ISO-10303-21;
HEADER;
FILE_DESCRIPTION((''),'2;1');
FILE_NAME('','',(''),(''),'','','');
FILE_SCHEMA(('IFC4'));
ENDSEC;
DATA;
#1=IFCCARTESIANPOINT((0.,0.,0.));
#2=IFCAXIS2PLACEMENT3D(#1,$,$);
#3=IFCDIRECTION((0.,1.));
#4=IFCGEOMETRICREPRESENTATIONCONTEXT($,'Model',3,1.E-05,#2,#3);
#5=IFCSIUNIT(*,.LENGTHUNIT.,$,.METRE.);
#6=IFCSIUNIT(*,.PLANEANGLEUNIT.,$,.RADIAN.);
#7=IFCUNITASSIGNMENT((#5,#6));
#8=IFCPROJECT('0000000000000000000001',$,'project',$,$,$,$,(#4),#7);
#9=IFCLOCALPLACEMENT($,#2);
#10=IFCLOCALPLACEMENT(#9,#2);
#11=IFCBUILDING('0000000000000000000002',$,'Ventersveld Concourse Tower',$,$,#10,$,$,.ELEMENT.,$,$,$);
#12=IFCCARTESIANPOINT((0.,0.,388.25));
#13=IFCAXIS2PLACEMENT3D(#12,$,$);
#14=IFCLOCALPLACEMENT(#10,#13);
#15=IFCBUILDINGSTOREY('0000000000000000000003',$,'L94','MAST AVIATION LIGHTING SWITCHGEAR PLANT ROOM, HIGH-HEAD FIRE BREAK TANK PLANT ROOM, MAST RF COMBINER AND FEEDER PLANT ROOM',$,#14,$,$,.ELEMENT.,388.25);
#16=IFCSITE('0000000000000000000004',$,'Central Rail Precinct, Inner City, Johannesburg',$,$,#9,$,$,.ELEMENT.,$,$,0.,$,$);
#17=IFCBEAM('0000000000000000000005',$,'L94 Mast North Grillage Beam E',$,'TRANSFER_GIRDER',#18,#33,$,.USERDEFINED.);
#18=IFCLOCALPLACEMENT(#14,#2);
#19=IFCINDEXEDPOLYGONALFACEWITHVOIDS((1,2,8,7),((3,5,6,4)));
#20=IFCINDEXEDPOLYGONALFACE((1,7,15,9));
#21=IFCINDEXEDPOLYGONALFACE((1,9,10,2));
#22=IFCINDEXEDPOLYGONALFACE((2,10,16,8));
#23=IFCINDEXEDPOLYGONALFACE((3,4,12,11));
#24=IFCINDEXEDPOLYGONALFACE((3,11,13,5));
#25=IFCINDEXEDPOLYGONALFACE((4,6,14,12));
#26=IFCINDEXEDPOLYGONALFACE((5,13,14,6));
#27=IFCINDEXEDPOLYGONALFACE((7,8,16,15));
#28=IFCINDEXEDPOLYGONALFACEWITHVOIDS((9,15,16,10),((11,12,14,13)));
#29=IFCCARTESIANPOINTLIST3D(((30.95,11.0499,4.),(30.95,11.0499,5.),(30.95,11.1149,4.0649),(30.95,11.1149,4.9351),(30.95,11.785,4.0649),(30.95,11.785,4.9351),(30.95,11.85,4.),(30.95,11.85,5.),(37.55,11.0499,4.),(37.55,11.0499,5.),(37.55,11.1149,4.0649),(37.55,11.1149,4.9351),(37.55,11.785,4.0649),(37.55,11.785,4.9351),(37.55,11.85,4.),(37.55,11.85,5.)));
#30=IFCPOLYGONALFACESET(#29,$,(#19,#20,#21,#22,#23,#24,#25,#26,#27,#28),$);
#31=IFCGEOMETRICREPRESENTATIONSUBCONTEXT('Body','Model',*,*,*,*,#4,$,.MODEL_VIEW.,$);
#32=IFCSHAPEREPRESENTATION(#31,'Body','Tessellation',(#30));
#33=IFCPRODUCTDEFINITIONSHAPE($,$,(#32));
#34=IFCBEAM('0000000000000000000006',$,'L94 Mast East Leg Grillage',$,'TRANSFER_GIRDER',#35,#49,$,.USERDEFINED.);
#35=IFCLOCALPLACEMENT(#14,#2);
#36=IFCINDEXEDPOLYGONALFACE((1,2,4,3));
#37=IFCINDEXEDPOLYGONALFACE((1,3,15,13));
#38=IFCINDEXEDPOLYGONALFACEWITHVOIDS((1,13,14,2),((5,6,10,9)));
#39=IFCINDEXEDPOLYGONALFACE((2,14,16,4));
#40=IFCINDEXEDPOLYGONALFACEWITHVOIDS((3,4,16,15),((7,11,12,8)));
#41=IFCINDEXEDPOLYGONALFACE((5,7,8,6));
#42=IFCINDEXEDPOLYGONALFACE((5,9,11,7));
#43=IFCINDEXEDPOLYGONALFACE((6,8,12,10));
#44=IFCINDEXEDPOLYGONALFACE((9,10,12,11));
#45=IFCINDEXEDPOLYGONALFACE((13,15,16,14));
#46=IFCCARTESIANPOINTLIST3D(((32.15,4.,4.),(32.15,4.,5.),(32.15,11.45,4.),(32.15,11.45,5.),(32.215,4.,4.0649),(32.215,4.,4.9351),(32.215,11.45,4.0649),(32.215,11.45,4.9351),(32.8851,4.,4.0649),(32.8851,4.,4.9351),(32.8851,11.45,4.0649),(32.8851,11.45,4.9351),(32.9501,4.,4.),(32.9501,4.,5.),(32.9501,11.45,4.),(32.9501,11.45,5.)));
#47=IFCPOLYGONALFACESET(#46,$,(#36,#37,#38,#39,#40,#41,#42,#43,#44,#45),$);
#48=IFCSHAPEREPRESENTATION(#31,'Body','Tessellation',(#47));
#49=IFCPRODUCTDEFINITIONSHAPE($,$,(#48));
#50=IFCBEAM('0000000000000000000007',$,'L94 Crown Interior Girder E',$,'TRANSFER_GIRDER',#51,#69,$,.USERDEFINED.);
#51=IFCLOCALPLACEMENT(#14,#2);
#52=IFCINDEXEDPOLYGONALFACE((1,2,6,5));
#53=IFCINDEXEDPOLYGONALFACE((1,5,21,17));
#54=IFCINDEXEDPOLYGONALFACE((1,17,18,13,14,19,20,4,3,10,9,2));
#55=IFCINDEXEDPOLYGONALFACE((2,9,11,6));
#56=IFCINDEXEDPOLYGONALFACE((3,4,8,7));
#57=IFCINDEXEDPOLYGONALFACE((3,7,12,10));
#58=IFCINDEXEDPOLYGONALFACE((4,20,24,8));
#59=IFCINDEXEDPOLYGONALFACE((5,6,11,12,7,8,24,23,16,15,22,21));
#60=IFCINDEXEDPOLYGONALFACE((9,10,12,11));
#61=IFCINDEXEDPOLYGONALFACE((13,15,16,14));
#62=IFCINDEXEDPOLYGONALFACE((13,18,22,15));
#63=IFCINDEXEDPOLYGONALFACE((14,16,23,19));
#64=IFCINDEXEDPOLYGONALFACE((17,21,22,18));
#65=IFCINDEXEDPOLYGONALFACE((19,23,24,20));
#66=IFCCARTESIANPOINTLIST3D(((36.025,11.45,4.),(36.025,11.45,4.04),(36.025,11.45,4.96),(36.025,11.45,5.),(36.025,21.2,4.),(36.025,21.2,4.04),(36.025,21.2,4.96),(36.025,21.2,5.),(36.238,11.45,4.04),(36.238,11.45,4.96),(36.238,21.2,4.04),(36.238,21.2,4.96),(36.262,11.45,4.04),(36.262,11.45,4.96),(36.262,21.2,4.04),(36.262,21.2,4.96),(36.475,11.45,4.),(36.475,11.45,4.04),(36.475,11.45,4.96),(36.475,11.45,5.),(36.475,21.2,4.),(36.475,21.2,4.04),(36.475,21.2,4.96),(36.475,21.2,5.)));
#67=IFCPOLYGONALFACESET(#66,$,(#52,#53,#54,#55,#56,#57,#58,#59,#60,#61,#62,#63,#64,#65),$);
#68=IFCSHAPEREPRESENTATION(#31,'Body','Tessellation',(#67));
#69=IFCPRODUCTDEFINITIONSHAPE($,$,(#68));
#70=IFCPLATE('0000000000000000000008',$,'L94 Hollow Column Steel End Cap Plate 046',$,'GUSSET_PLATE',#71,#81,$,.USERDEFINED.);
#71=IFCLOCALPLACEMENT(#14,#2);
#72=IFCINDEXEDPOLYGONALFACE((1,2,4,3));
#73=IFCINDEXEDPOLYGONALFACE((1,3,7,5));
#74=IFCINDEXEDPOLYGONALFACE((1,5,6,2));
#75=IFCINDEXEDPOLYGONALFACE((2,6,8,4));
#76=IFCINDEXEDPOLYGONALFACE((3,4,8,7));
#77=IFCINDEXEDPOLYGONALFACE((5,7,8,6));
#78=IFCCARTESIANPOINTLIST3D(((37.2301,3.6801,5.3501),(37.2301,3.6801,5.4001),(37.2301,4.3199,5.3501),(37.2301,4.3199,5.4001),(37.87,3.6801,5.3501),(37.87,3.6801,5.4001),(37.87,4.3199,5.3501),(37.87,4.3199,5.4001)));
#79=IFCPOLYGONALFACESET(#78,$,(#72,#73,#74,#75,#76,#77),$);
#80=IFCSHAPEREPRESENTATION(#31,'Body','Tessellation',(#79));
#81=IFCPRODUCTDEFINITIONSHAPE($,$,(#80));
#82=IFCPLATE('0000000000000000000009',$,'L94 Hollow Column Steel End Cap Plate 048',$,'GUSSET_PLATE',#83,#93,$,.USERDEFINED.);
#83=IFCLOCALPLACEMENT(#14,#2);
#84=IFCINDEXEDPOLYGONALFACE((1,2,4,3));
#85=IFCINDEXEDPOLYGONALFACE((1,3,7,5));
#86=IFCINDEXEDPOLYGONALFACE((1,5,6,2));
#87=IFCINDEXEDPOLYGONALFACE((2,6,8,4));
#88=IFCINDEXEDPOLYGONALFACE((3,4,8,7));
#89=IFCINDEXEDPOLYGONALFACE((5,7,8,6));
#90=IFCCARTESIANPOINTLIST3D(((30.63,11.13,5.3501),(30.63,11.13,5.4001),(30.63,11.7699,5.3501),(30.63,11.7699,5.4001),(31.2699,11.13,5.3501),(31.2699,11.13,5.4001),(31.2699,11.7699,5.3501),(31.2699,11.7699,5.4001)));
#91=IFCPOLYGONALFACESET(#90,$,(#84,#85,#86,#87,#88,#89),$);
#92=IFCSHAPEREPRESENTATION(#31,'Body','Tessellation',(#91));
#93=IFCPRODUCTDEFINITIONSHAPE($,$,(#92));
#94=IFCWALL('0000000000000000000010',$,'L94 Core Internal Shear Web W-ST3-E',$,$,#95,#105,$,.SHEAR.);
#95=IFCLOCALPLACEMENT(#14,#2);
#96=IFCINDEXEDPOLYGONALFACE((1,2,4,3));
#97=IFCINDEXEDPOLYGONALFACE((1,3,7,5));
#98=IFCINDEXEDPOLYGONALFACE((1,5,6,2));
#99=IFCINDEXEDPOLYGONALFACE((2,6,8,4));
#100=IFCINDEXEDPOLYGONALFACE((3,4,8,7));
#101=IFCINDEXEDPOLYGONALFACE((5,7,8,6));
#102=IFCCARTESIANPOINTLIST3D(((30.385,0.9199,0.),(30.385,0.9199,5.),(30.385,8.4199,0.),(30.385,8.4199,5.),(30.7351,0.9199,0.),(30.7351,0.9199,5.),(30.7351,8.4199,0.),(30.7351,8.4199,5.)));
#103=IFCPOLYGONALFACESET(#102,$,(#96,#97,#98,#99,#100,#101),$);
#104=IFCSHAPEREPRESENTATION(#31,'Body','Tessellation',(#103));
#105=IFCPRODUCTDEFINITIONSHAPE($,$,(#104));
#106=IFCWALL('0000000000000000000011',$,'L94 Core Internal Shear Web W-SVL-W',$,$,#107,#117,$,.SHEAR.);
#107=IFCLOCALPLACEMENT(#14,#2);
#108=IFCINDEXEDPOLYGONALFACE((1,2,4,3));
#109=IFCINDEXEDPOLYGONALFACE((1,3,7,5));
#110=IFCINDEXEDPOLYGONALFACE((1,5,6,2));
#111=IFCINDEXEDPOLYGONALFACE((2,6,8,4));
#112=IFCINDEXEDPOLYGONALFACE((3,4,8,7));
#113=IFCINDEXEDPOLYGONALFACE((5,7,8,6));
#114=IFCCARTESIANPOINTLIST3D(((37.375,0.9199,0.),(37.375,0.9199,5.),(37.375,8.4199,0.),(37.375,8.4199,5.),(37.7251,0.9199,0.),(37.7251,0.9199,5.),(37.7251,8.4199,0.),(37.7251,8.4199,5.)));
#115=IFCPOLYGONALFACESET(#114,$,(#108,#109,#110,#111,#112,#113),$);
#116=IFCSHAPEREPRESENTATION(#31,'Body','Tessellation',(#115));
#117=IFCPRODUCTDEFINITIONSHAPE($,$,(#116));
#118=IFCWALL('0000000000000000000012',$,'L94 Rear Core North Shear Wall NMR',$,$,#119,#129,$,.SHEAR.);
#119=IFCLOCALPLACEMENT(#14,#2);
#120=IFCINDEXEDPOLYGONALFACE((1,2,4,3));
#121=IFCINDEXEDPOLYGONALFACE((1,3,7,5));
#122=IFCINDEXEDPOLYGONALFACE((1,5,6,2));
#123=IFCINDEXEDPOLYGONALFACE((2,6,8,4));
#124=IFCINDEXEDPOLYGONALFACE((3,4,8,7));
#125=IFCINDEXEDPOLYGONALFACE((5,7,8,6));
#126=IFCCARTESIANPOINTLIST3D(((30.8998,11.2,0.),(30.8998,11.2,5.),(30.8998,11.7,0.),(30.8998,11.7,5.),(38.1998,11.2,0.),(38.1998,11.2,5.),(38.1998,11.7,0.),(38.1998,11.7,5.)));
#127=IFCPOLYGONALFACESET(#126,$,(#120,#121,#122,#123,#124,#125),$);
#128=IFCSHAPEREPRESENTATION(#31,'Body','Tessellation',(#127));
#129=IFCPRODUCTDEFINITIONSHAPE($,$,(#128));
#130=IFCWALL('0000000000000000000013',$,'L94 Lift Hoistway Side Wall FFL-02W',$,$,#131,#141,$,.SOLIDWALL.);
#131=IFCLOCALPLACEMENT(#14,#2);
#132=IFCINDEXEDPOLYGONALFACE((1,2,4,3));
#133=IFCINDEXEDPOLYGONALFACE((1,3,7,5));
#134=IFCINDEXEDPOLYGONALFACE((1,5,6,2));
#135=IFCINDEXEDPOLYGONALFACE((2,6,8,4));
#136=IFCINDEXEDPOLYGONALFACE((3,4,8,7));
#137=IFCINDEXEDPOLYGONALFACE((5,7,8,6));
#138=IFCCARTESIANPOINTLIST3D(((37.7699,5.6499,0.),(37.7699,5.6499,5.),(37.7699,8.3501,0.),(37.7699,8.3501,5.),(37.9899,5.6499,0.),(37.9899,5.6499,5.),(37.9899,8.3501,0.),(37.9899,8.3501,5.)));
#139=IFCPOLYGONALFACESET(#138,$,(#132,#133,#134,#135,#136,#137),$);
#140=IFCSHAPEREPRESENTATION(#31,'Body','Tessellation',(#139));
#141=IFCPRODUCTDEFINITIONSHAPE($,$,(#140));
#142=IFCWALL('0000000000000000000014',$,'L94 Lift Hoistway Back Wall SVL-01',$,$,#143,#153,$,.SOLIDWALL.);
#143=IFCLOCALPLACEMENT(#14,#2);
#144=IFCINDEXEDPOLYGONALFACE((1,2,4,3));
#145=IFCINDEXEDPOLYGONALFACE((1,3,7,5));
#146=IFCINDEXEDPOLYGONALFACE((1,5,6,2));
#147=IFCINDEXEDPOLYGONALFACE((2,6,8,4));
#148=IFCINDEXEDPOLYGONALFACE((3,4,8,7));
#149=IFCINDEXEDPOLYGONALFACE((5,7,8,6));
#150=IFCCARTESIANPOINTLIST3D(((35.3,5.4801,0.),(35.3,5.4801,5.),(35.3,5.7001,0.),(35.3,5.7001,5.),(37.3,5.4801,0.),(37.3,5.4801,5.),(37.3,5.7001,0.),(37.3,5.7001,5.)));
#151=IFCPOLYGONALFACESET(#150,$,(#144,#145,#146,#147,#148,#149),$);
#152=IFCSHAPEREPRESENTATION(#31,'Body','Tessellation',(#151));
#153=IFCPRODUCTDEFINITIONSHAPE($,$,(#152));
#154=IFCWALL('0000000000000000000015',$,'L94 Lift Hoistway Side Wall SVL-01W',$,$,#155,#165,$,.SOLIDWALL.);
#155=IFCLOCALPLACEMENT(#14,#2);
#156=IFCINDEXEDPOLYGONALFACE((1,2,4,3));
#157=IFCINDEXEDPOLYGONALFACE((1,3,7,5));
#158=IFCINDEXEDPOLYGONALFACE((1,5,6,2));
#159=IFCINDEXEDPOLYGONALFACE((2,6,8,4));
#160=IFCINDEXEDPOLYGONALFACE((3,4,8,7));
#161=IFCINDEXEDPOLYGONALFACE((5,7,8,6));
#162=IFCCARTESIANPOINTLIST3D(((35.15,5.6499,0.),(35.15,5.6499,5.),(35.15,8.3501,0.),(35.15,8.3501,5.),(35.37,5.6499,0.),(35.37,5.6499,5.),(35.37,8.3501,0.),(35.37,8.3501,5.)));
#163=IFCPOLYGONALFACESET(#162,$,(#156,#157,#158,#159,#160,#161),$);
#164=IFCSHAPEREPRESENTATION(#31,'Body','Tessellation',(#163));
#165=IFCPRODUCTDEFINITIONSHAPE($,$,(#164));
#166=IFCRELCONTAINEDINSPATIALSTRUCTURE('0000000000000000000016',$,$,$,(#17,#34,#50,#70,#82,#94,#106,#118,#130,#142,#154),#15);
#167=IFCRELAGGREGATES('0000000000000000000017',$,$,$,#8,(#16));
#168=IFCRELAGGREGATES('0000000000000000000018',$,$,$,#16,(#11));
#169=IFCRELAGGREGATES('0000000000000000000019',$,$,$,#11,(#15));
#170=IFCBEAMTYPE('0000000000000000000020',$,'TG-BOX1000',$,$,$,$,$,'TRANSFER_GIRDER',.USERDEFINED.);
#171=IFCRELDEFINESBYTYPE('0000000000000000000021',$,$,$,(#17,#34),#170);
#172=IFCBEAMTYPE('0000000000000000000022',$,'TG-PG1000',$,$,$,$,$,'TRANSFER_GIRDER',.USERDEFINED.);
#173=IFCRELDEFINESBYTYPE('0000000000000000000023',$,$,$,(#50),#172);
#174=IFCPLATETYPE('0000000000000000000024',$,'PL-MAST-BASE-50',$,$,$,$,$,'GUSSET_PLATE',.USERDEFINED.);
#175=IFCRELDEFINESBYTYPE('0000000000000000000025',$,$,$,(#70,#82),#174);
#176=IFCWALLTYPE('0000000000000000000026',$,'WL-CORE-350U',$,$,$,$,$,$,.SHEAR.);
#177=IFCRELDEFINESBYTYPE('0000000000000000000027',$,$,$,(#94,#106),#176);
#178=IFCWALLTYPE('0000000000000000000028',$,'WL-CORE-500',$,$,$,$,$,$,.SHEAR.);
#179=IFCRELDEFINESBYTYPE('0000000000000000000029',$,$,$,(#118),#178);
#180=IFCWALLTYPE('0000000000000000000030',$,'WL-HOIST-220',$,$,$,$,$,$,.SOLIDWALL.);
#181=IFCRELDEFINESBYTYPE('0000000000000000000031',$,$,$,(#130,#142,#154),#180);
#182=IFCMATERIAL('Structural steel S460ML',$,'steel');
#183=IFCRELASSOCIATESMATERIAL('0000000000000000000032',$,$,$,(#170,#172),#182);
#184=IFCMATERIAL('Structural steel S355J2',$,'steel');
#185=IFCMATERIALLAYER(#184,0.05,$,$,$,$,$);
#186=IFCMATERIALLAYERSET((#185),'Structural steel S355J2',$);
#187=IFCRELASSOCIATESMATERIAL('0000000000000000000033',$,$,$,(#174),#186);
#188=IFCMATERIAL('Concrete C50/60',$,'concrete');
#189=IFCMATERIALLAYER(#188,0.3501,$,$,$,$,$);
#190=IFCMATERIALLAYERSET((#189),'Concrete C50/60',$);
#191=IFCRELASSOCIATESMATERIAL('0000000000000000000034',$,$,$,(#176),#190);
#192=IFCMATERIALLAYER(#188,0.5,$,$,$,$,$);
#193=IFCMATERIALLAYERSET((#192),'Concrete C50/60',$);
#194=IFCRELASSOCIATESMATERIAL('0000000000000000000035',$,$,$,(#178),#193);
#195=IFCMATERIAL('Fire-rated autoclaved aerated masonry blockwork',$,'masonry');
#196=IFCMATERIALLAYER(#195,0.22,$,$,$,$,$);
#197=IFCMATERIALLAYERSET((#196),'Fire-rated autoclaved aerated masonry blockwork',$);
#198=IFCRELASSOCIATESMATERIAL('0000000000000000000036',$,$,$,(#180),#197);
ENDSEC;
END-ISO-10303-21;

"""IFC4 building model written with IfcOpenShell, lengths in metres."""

from ifc_helpers import new_model, si_unit, direction, frame, frame_2d, origin, origin_2d, place, context, subcontext, project, spatial, rectangle, hollow_rectangle, i_section, extrude, material, layer, layer_set, material_profile, profile_set, type_object, element, save


model = new_model("IFC4")

# Units and contexts
model_context = context("Model", 3, precision=1e-05, world=origin(), true_north=direction((0.0, 1.0)))
body_context = subcontext(model_context, "Body", "Model", "MODEL_VIEW")
ifc_project = project(units=[si_unit("LENGTHUNIT", "METRE"), si_unit("PLANEANGLEUNIT", "RADIAN")], contexts=[model_context])

# Site, building, storey
site_placement = place(None, origin())
site = spatial("IfcSite", under=ifc_project, at=site_placement, Name="Central Rail Precinct, Inner City, Johannesburg", CompositionType="ELEMENT", RefElevation=0.0)
building_placement = place(site_placement, origin())
building = spatial("IfcBuilding", under=site, at=building_placement, Name="Ventersveld Concourse Tower", CompositionType="ELEMENT")
storey_placement = place(building_placement, frame((0.0, 0.0, 388.25)))
storey = spatial("IfcBuildingStorey", under=building, at=storey_placement, Name="L94", Description="MAST AVIATION LIGHTING SWITCHGEAR PLANT ROOM, HIGH-HEAD FIRE BREAK TANK PLANT ROOM, MAST RF COMBINER AND FEEDER PLANT ROOM", CompositionType="ELEMENT", Elevation=388.25)

# Beams
ifc_material_1 = material(Name="Structural steel S355J2", Category="steel")
ifc_material_2 = material(Name="Structural steel S460ML", Category="steel")
ifc_material_profile_1 = material_profile(ifc_material_2, hollow_rectangle(XDim=0.8, YDim=1.0, WallThickness=0.0649, at=origin_2d()), Name="BOX 1000x800x65")
ifc_profile_set_1 = profile_set([ifc_material_profile_1], Name="Structural steel S460ML")
beam_type_1 = type_object("IfcBeamType", Name="TG-BOX1000", ElementType="TRANSFER_GIRDER", PredefinedType="USERDEFINED", material=ifc_profile_set_1)
beam_1_placement = place(storey_placement, frame((30.95, 11.45, 4.5), z_axis=(1.0, 0.0, 0.0), x_axis=(0.0, 1.0, 0.0)))
element("IfcBeam", 1, at=beam_1_placement, inside=storey, type_object=beam_type_1, Name="L94 Mast North Grillage Beam E", ObjectType="TRANSFER_GIRDER", PredefinedType="USERDEFINED", context=body_context, shape_type="SweptSolid", body=[
    extrude(hollow_rectangle(XDim=0.8, YDim=1.0, WallThickness=0.0649, at=origin_2d()), origin(), (0.0, 0.0, 1.0), 6.6001),
])
beam_2_placement = place(storey_placement, frame((32.55, 4.0, 4.5), z_axis=(0.0, 1.0, 0.0), x_axis=(-1.0, 0.0, 0.0)))
element("IfcBeam", 2, at=beam_2_placement, inside=storey, type_object=beam_type_1, Name="L94 Mast East Leg Grillage", ObjectType="TRANSFER_GIRDER", PredefinedType="USERDEFINED", context=body_context, shape_type="SweptSolid", body=[
    extrude(hollow_rectangle(XDim=0.8, YDim=1.0, WallThickness=0.0649, at=origin_2d()), origin(), (0.0, 0.0, 1.0), 7.45),
])
ifc_material_profile_2 = material_profile(ifc_material_2, i_section(OverallWidth=0.45, OverallDepth=1.0, WebThickness=0.0239, FlangeThickness=0.04, at=origin_2d()), Name="PG 1000x450x40")
ifc_profile_set_2 = profile_set([ifc_material_profile_2], Name="Structural steel S460ML")
beam_type_2 = type_object("IfcBeamType", Name="TG-PG1000", ElementType="TRANSFER_GIRDER", PredefinedType="USERDEFINED", material=ifc_profile_set_2)
beam_3_placement = place(storey_placement, frame((36.25, 11.45, 4.5), z_axis=(0.0, 1.0, 0.0), x_axis=(-1.0, 0.0, 0.0)))
element("IfcBeam", 3, at=beam_3_placement, inside=storey, type_object=beam_type_2, Name="L94 Crown Interior Girder E", ObjectType="TRANSFER_GIRDER", PredefinedType="USERDEFINED", context=body_context, shape_type="SweptSolid", body=[
    extrude(i_section(OverallWidth=0.45, OverallDepth=1.0, WebThickness=0.0239, FlangeThickness=0.04, at=origin_2d()), origin(), (0.0, 0.0, 1.0), 9.75),
])

# Plates
ifc_layer_1 = layer(ifc_material_1, 0.05)
ifc_layer_set_1 = layer_set([ifc_layer_1], Name="Structural steel S355J2")
plate_type = type_object("IfcPlateType", Name="PL-MAST-BASE-50", ElementType="GUSSET_PLATE", PredefinedType="USERDEFINED", material=ifc_layer_set_1)
for number, where, z_axis, x_axis, name in (
    (4, (37.55, 4.0, 5.3501), (0.0, 0.0, 1.0), (1.0, 0.0, 0.0), "L94 Hollow Column Steel End Cap Plate 046"),
    (5, (30.95, 11.45, 5.3501), (0.0, 0.0, 1.0), (1.0, 0.0, 0.0), "L94 Hollow Column Steel End Cap Plate 048"),
):
    element("IfcPlate", number, at=place(storey_placement, frame(where, z_axis=z_axis, x_axis=x_axis)), inside=storey, type_object=plate_type, Name=name, ObjectType="GUSSET_PLATE", PredefinedType="USERDEFINED", context=body_context, shape_type="SweptSolid", body=[
        extrude(rectangle(XDim=0.6399, YDim=0.6399, at=origin_2d()), origin(), (0.0, 0.0, 1.0), 0.05),
    ])

# Walls
ifc_material_3 = material(Name="Concrete C50/60", Category="concrete")
ifc_layer_2 = layer(ifc_material_3, 0.3501)
ifc_layer_set_2 = layer_set([ifc_layer_2], Name="Concrete C50/60")
wall_type_1 = type_object("IfcWallType", Name="WL-CORE-350U", PredefinedType="SHEAR", material=ifc_layer_set_2)
for number, where, z_axis, x_axis, name in (
    (6, (30.5601, 0.9199, 0.0), (0.0, 0.0, 1.0), (0.0, 1.0, 0.0), "L94 Core Internal Shear Web W-ST3-E"),
    (7, (37.55, 0.9199, 0.0), (0.0, 0.0, 1.0), (0.0, 1.0, 0.0), "L94 Core Internal Shear Web W-SVL-W"),
):
    element("IfcWall", number, at=place(storey_placement, frame(where, z_axis=z_axis, x_axis=x_axis)), inside=storey, type_object=wall_type_1, Name=name, PredefinedType="SHEAR", context=body_context, shape_type="SweptSolid", body=[
        extrude(rectangle(XDim=7.5, YDim=0.3501, at=frame_2d((3.75, 0.0))), origin(), (0.0, 0.0, 1.0), 5.0),
    ])
ifc_layer_3 = layer(ifc_material_3, 0.5)
ifc_layer_set_3 = layer_set([ifc_layer_3], Name="Concrete C50/60")
wall_type_2 = type_object("IfcWallType", Name="WL-CORE-500", PredefinedType="SHEAR", material=ifc_layer_set_3)
wall_1_placement = place(storey_placement, frame((30.8999, 11.45, 0.0), z_axis=(0.0, 0.0, 1.0), x_axis=(1.0, 0.0, 0.0)))
element("IfcWall", 8, at=wall_1_placement, inside=storey, type_object=wall_type_2, Name="L94 Rear Core North Shear Wall NMR", PredefinedType="SHEAR", context=body_context, shape_type="SweptSolid", body=[
    extrude(rectangle(XDim=7.3, YDim=0.5, at=frame_2d((3.6499, 0.0))), origin(), (0.0, 0.0, 1.0), 5.0),
])
ifc_material_4 = material(Name="Fire-rated autoclaved aerated masonry blockwork", Category="masonry")
ifc_layer_4 = layer(ifc_material_4, 0.22)
ifc_layer_set_4 = layer_set([ifc_layer_4], Name="Fire-rated autoclaved aerated masonry blockwork")
wall_type_3 = type_object("IfcWallType", Name="WL-HOIST-220", PredefinedType="SOLIDWALL", material=ifc_layer_set_4)
wall_2_placement = place(storey_placement, frame((37.8799, 5.6499, 0.0), z_axis=(0.0, 0.0, 1.0), x_axis=(0.0, 1.0, 0.0)))
element("IfcWall", 9, at=wall_2_placement, inside=storey, type_object=wall_type_3, Name="L94 Lift Hoistway Side Wall FFL-02W", PredefinedType="SOLIDWALL", context=body_context, shape_type="SweptSolid", body=[
    extrude(rectangle(XDim=2.7002, YDim=0.22, at=frame_2d((1.3501, 0.0))), origin(), (0.0, 0.0, 1.0), 5.0),
])
wall_3_placement = place(storey_placement, frame((35.3, 5.5901, 0.0), z_axis=(0.0, 0.0, 1.0), x_axis=(1.0, 0.0, 0.0)))
element("IfcWall", 10, at=wall_3_placement, inside=storey, type_object=wall_type_3, Name="L94 Lift Hoistway Back Wall SVL-01", PredefinedType="SOLIDWALL", context=body_context, shape_type="SweptSolid", body=[
    extrude(rectangle(XDim=2.0, YDim=0.22, at=frame_2d((1.0, 0.0))), origin(), (0.0, 0.0, 1.0), 5.0),
])
wall_4_placement = place(storey_placement, frame((35.26, 5.6499, 0.0), z_axis=(0.0, 0.0, 1.0), x_axis=(0.0, 1.0, 0.0)))
element("IfcWall", 11, at=wall_4_placement, inside=storey, type_object=wall_type_3, Name="L94 Lift Hoistway Side Wall SVL-01W", PredefinedType="SOLIDWALL", context=body_context, shape_type="SweptSolid", body=[
    extrude(rectangle(XDim=2.7002, YDim=0.22, at=frame_2d((1.3501, 0.0))), origin(), (0.0, 0.0, 1.0), 5.0),
])

save(model, "model.ifc")
